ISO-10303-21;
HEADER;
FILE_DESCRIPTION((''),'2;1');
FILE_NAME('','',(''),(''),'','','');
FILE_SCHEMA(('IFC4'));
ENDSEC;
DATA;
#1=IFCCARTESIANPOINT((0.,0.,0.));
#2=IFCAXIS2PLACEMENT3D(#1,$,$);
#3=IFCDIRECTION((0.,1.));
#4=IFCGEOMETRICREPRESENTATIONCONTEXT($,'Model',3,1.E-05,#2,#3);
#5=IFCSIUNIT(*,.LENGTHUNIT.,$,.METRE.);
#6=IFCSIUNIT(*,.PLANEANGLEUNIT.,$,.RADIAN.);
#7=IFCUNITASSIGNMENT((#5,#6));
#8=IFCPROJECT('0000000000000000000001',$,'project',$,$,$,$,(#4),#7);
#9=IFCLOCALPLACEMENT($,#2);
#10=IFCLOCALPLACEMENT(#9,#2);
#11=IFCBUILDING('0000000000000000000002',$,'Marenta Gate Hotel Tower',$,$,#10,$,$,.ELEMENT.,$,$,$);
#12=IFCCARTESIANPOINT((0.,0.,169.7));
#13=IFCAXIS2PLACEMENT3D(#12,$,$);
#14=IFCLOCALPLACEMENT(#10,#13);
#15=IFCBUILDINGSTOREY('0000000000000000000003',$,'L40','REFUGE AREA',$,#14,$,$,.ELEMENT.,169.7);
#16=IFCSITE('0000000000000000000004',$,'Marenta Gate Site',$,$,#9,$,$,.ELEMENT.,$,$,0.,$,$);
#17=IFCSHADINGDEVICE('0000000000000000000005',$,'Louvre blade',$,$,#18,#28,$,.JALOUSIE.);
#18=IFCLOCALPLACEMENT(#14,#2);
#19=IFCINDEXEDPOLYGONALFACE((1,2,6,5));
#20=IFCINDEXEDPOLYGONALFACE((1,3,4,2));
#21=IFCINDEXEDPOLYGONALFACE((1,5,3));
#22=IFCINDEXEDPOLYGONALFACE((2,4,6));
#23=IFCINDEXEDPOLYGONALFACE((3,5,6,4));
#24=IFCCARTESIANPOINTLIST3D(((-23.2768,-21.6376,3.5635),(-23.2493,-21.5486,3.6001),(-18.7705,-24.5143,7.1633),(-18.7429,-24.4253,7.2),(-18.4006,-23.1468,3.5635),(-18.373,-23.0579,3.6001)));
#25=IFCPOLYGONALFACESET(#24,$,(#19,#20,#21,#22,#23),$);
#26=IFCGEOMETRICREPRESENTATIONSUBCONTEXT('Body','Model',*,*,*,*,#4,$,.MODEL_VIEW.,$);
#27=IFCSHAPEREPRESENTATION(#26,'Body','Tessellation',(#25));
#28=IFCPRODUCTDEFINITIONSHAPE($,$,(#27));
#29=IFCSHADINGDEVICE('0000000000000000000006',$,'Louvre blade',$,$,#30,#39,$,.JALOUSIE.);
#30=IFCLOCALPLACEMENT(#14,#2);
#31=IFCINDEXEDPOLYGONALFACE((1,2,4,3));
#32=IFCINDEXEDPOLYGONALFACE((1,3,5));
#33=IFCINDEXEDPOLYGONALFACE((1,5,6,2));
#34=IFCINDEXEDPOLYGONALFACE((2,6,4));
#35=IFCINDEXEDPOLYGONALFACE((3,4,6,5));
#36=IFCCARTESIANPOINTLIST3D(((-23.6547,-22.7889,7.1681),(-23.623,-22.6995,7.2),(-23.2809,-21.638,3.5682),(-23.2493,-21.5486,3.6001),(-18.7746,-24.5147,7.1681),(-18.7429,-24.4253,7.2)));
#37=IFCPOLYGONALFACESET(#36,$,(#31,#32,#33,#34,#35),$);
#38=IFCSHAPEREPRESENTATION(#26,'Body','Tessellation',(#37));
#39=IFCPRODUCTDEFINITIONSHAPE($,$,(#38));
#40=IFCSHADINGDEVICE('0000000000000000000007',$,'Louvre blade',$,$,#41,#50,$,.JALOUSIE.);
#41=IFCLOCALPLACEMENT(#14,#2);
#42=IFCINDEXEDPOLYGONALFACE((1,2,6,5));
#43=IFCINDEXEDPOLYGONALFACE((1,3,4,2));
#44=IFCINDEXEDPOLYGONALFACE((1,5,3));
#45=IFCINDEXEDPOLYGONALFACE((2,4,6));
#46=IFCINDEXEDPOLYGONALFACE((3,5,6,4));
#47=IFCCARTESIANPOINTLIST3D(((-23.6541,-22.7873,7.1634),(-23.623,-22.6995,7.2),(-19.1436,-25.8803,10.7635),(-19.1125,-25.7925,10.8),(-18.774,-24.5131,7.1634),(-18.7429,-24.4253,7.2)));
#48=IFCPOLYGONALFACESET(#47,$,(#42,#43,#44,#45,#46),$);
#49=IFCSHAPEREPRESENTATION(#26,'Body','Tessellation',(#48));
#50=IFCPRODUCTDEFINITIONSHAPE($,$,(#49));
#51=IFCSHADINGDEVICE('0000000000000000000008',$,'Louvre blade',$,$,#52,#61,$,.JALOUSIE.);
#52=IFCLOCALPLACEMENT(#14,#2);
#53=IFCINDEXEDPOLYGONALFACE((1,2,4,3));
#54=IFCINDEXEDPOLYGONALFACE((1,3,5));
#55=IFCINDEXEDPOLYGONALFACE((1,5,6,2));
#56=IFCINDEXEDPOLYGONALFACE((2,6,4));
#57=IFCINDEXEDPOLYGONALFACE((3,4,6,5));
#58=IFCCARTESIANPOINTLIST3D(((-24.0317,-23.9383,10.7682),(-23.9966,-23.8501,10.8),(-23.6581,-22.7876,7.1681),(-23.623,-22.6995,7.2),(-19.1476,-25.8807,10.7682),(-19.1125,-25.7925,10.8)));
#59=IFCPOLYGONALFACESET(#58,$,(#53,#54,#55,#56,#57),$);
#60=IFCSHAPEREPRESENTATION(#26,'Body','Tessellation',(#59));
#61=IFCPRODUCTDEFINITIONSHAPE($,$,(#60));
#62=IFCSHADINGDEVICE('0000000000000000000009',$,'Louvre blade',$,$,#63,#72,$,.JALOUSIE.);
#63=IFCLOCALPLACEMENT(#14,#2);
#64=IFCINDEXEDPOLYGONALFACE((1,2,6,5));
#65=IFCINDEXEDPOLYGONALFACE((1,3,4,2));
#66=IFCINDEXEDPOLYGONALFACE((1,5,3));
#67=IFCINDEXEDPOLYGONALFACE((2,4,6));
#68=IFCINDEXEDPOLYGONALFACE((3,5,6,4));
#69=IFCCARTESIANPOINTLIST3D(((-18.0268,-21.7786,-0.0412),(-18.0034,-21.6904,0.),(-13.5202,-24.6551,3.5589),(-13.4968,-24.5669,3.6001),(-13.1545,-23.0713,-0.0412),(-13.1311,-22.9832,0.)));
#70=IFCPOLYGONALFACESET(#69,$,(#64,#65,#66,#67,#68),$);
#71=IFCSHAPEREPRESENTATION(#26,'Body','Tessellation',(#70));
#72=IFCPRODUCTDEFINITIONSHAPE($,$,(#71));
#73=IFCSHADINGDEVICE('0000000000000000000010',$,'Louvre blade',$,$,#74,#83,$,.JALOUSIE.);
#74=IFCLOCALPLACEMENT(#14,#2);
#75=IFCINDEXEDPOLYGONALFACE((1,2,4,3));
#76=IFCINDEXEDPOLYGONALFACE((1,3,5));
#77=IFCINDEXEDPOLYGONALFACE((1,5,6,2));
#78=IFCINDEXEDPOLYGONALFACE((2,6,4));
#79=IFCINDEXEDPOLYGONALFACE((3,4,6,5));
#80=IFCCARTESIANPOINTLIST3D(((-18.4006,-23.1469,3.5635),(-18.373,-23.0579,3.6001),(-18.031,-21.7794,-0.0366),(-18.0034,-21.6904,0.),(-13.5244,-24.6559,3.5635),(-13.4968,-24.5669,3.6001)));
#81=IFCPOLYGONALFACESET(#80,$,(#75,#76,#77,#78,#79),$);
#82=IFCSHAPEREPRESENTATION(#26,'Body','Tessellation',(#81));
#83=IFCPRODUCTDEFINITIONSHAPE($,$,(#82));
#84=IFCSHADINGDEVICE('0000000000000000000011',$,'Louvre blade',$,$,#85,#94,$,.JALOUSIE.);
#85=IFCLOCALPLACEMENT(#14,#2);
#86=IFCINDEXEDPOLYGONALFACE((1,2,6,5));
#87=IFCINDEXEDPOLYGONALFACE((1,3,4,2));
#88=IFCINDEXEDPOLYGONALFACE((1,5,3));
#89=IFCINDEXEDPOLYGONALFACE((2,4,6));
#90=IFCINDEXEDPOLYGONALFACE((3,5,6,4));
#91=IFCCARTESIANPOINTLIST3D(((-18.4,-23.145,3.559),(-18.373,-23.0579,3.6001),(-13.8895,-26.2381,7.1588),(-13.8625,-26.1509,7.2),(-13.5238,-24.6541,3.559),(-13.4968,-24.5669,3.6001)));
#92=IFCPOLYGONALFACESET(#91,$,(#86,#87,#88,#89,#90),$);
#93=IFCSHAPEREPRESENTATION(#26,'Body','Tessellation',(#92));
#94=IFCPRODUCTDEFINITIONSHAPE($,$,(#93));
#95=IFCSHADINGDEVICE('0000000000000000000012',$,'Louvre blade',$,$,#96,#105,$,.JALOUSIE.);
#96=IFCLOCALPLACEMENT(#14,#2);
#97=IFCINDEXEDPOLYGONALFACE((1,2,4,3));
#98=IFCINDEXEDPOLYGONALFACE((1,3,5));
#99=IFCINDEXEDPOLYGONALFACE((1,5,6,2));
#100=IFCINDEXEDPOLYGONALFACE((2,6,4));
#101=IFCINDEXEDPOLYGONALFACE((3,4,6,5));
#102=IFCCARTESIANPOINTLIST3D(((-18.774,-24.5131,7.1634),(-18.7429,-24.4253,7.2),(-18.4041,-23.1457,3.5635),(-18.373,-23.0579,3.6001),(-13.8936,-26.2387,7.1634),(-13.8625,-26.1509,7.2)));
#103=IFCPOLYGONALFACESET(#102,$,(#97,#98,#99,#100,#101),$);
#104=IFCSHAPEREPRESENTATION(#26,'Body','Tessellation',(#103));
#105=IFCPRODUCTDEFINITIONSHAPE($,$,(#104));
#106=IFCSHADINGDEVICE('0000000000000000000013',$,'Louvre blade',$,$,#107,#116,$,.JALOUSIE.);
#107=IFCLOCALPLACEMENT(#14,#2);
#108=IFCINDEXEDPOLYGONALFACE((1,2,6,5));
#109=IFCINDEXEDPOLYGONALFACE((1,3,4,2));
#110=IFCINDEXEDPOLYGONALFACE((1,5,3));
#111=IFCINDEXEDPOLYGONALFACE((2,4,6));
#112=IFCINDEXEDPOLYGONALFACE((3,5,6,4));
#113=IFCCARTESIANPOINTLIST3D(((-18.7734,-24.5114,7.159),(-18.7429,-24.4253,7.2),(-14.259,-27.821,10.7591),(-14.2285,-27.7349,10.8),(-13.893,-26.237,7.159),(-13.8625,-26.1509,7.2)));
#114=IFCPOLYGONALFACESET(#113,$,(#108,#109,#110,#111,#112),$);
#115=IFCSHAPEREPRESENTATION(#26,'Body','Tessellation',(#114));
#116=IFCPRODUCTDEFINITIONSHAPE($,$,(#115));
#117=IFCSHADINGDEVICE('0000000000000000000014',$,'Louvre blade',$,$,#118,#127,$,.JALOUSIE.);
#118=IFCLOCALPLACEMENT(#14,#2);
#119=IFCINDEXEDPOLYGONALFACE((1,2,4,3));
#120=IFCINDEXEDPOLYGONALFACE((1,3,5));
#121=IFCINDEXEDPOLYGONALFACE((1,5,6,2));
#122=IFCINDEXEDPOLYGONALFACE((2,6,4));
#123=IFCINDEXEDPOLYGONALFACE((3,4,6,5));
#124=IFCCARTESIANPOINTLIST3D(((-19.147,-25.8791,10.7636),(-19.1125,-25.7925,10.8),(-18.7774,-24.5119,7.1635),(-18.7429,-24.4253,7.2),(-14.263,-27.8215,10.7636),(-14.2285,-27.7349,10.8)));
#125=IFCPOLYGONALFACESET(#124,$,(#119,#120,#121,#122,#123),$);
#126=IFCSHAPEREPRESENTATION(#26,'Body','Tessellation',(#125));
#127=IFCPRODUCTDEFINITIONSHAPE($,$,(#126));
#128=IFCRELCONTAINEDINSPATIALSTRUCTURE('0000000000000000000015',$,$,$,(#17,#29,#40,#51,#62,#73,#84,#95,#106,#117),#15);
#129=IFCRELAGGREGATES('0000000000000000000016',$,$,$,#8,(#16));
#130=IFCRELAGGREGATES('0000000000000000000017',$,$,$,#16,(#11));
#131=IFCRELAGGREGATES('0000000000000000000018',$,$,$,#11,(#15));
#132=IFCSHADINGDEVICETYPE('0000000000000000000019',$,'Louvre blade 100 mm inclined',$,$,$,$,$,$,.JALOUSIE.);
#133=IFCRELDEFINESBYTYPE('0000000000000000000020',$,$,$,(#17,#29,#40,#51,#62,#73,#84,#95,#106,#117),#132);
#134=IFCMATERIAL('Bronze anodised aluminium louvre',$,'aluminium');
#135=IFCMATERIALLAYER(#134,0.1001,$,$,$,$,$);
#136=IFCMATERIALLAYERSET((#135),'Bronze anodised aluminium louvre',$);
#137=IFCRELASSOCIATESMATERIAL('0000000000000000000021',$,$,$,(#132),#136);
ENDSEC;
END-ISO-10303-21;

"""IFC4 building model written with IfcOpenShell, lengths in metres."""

from ifc_helpers import new_model, si_unit, direction, frame, origin, place, context, subcontext, project, spatial, polyline, outline, extrude, material, layer, layer_set, type_object, element, save


model = new_model("IFC4")

# Units and contexts
model_context = context("Model", 3, precision=1e-05, world=origin(), true_north=direction((0.0, 1.0)))
body_context = subcontext(model_context, "Body", "Model", "MODEL_VIEW")
ifc_project = project(units=[si_unit("LENGTHUNIT", "METRE"), si_unit("PLANEANGLEUNIT", "RADIAN")], contexts=[model_context])

# Site, building, storey
site_placement = place(None, origin())
site = spatial("IfcSite", under=ifc_project, at=site_placement, Name="Marenta Gate Site", CompositionType="ELEMENT", RefElevation=0.0)
building_placement = place(site_placement, origin())
building = spatial("IfcBuilding", under=site, at=building_placement, Name="Marenta Gate Hotel Tower", CompositionType="ELEMENT")
storey_placement = place(building_placement, frame((0.0, 0.0, 169.7)))
storey = spatial("IfcBuildingStorey", under=building, at=storey_placement, Name="L40", Description="REFUGE AREA", CompositionType="ELEMENT", Elevation=169.7)

# Shading devices
ifc_material_1 = material(Name="Bronze anodised aluminium louvre", Category="aluminium")
ifc_layer = layer(ifc_material_1, 0.1001)
ifc_layer_set = layer_set([ifc_layer], Name="Bronze anodised aluminium louvre")
shading_device_type = type_object("IfcShadingDeviceType", Name="Louvre blade 100 mm inclined", PredefinedType="JALOUSIE", material=ifc_layer_set)
shading_device_1_placement = place(storey_placement, frame((-23.2493, -21.5486, 3.6001), z_axis=(0.275166, 0.889015, 0.365972), x_axis=(0.955287, -0.295679, 0.0)))
element("IfcShadingDevice", 1, at=shading_device_1_placement, inside=storey, type_object=shading_device_type, Name="Louvre blade", PredefinedType="JALOUSIE", context=body_context, shape_type="SweptSolid", body=[
    extrude(outline(polyline([(0.0, 0.0), (5.1045, 0.0), (5.1554, -3.8682), (0.0, 0.0)])), origin(), (0.0, 0.0, -1.0), 0.1001),
])
shading_device_2_placement = place(storey_placement, frame((-23.2493, -21.5486, 3.6001), z_axis=(0.316044, 0.893677, 0.318525), x_axis=(0.699171, -0.446328, 0.558526)))
element("IfcShadingDevice", 2, at=shading_device_2_placement, inside=storey, type_object=shading_device_type, Name="Louvre blade", PredefinedType="JALOUSIE", context=body_context, shape_type="SweptSolid", body=[
    extrude(outline(polyline([(0.0, 0.0), (6.4453, 0.0), (2.2629, -3.05), (0.0, 0.0)])), origin(), (0.0, 0.0, -1.0), 0.1001),
])
shading_device_3_placement = place(storey_placement, frame((-23.623, -22.6995, 7.2), z_axis=(0.310384, 0.877672, 0.365176), x_axis=(0.942782, -0.33341, 0.0)))
element("IfcShadingDevice", 3, at=shading_device_3_placement, inside=storey, type_object=shading_device_type, Name="Louvre blade", PredefinedType="JALOUSIE", context=body_context, shape_type="SweptSolid", body=[
    extrude(outline(polyline([(0.0, 0.0), (5.1763, 0.0), (5.2837, -3.8672), (0.0, 0.0)])), origin(), (0.0, 0.0, -1.0), 0.1001),
])
shading_device_4_placement = place(storey_placement, frame((-23.623, -22.6995, 7.2), z_axis=(0.350374, 0.880998, 0.317931), x_axis=(0.68887, -0.472384, 0.549828)))
element("IfcShadingDevice", 4, at=shading_device_4_placement, inside=storey, type_object=shading_device_type, Name="Louvre blade", PredefinedType="JALOUSIE", context=body_context, shape_type="SweptSolid", body=[
    extrude(outline(polyline([(0.0, 0.0), (6.5477, 0.0), (2.2657, -3.0481), (0.0, 0.0)])), origin(), (0.0, 0.0, -1.0), 0.1001),
])
shading_device_5_placement = place(storey_placement, frame((-18.0034, -21.6904, 0.0), z_axis=(0.23375, 0.881011, 0.411317), x_axis=(0.966558, -0.256448, 0.0)))
element("IfcShadingDevice", 5, at=shading_device_5_placement, inside=storey, type_object=shading_device_type, Name="Louvre blade", PredefinedType="JALOUSIE", context=body_context, shape_type="SweptSolid", body=[
    extrude(outline(polyline([(0.0, 0.0), (5.0409, 0.0), (5.0935, -3.9497), (0.0, 0.0)])), origin(), (0.0, 0.0, -1.0), 0.1001),
])
shading_device_6_placement = place(storey_placement, frame((-18.0034, -21.6904, 0.0), z_axis=(0.27513, 0.889042, 0.365935), x_axis=(0.699187, -0.446277, 0.558547)))
element("IfcShadingDevice", 6, at=shading_device_6_placement, inside=storey, type_object=shading_device_type, Name="Louvre blade", PredefinedType="JALOUSIE", context=body_context, shape_type="SweptSolid", body=[
    extrude(outline(polyline([(0.0, 0.0), (6.4455, 0.0), (2.3626, -3.0635), (0.0, 0.0)])), origin(), (0.0, 0.0, -1.0), 0.1001),
])
shading_device_7_placement = place(storey_placement, frame((-18.373, -23.0579, 3.6001), z_axis=(0.269557, 0.871036, 0.410653), x_axis=(0.955301, -0.295635, 0.0)))
element("IfcShadingDevice", 7, at=shading_device_7_placement, inside=storey, type_object=shading_device_type, Name="Louvre blade", PredefinedType="JALOUSIE", context=body_context, shape_type="SweptSolid", body=[
    extrude(outline(polyline([(0.0, 0.0), (5.1044, 0.0), (5.2233, -3.9481), (0.0, 0.0)])), origin(), (0.0, 0.0, -1.0), 0.1001),
])
shading_device_8_placement = place(storey_placement, frame((-18.373, -23.0579, 3.6001), z_axis=(0.310319, 0.877656, 0.365269), x_axis=(0.688884, -0.472394, 0.549802)))
element("IfcShadingDevice", 8, at=shading_device_8_placement, inside=storey, type_object=shading_device_type, Name="Louvre blade", PredefinedType="JALOUSIE", context=body_context, shape_type="SweptSolid", body=[
    extrude(outline(polyline([(0.0, 0.0), (6.5475, 0.0), (2.3704, -3.0573), (0.0, 0.0)])), origin(), (0.0, 0.0, -1.0), 0.1001),
])
shading_device_9_placement = place(storey_placement, frame((-18.7429, -24.4253, 7.2), z_axis=(0.304139, 0.860178, 0.409381), x_axis=(0.942802, -0.333353, 0.0)))
element("IfcShadingDevice", 9, at=shading_device_9_placement, inside=storey, type_object=shading_device_type, Name="Louvre blade", PredefinedType="JALOUSIE", context=body_context, shape_type="SweptSolid", body=[
    extrude(outline(polyline([(0.0, 0.0), (5.1765, 0.0), (5.3594, -3.9459), (0.0, 0.0)])), origin(), (0.0, 0.0, -1.0), 0.1001),
])
shading_device_10_placement = place(storey_placement, frame((-18.7429, -24.4253, 7.2), z_axis=(0.344195, 0.865463, 0.364011), x_axis=(0.678311, -0.497279, 0.540932)))
element("IfcShadingDevice", 10, at=shading_device_10_placement, inside=storey, type_object=shading_device_type, Name="Louvre blade", PredefinedType="JALOUSIE", context=body_context, shape_type="SweptSolid", body=[
    extrude(outline(polyline([(0.0, 0.0), (6.6554, 0.0), (2.3766, -3.0526), (0.0, 0.0)])), origin(), (0.0, 0.0, -1.0), 0.1001),
])

save(model, "model.ifc")
